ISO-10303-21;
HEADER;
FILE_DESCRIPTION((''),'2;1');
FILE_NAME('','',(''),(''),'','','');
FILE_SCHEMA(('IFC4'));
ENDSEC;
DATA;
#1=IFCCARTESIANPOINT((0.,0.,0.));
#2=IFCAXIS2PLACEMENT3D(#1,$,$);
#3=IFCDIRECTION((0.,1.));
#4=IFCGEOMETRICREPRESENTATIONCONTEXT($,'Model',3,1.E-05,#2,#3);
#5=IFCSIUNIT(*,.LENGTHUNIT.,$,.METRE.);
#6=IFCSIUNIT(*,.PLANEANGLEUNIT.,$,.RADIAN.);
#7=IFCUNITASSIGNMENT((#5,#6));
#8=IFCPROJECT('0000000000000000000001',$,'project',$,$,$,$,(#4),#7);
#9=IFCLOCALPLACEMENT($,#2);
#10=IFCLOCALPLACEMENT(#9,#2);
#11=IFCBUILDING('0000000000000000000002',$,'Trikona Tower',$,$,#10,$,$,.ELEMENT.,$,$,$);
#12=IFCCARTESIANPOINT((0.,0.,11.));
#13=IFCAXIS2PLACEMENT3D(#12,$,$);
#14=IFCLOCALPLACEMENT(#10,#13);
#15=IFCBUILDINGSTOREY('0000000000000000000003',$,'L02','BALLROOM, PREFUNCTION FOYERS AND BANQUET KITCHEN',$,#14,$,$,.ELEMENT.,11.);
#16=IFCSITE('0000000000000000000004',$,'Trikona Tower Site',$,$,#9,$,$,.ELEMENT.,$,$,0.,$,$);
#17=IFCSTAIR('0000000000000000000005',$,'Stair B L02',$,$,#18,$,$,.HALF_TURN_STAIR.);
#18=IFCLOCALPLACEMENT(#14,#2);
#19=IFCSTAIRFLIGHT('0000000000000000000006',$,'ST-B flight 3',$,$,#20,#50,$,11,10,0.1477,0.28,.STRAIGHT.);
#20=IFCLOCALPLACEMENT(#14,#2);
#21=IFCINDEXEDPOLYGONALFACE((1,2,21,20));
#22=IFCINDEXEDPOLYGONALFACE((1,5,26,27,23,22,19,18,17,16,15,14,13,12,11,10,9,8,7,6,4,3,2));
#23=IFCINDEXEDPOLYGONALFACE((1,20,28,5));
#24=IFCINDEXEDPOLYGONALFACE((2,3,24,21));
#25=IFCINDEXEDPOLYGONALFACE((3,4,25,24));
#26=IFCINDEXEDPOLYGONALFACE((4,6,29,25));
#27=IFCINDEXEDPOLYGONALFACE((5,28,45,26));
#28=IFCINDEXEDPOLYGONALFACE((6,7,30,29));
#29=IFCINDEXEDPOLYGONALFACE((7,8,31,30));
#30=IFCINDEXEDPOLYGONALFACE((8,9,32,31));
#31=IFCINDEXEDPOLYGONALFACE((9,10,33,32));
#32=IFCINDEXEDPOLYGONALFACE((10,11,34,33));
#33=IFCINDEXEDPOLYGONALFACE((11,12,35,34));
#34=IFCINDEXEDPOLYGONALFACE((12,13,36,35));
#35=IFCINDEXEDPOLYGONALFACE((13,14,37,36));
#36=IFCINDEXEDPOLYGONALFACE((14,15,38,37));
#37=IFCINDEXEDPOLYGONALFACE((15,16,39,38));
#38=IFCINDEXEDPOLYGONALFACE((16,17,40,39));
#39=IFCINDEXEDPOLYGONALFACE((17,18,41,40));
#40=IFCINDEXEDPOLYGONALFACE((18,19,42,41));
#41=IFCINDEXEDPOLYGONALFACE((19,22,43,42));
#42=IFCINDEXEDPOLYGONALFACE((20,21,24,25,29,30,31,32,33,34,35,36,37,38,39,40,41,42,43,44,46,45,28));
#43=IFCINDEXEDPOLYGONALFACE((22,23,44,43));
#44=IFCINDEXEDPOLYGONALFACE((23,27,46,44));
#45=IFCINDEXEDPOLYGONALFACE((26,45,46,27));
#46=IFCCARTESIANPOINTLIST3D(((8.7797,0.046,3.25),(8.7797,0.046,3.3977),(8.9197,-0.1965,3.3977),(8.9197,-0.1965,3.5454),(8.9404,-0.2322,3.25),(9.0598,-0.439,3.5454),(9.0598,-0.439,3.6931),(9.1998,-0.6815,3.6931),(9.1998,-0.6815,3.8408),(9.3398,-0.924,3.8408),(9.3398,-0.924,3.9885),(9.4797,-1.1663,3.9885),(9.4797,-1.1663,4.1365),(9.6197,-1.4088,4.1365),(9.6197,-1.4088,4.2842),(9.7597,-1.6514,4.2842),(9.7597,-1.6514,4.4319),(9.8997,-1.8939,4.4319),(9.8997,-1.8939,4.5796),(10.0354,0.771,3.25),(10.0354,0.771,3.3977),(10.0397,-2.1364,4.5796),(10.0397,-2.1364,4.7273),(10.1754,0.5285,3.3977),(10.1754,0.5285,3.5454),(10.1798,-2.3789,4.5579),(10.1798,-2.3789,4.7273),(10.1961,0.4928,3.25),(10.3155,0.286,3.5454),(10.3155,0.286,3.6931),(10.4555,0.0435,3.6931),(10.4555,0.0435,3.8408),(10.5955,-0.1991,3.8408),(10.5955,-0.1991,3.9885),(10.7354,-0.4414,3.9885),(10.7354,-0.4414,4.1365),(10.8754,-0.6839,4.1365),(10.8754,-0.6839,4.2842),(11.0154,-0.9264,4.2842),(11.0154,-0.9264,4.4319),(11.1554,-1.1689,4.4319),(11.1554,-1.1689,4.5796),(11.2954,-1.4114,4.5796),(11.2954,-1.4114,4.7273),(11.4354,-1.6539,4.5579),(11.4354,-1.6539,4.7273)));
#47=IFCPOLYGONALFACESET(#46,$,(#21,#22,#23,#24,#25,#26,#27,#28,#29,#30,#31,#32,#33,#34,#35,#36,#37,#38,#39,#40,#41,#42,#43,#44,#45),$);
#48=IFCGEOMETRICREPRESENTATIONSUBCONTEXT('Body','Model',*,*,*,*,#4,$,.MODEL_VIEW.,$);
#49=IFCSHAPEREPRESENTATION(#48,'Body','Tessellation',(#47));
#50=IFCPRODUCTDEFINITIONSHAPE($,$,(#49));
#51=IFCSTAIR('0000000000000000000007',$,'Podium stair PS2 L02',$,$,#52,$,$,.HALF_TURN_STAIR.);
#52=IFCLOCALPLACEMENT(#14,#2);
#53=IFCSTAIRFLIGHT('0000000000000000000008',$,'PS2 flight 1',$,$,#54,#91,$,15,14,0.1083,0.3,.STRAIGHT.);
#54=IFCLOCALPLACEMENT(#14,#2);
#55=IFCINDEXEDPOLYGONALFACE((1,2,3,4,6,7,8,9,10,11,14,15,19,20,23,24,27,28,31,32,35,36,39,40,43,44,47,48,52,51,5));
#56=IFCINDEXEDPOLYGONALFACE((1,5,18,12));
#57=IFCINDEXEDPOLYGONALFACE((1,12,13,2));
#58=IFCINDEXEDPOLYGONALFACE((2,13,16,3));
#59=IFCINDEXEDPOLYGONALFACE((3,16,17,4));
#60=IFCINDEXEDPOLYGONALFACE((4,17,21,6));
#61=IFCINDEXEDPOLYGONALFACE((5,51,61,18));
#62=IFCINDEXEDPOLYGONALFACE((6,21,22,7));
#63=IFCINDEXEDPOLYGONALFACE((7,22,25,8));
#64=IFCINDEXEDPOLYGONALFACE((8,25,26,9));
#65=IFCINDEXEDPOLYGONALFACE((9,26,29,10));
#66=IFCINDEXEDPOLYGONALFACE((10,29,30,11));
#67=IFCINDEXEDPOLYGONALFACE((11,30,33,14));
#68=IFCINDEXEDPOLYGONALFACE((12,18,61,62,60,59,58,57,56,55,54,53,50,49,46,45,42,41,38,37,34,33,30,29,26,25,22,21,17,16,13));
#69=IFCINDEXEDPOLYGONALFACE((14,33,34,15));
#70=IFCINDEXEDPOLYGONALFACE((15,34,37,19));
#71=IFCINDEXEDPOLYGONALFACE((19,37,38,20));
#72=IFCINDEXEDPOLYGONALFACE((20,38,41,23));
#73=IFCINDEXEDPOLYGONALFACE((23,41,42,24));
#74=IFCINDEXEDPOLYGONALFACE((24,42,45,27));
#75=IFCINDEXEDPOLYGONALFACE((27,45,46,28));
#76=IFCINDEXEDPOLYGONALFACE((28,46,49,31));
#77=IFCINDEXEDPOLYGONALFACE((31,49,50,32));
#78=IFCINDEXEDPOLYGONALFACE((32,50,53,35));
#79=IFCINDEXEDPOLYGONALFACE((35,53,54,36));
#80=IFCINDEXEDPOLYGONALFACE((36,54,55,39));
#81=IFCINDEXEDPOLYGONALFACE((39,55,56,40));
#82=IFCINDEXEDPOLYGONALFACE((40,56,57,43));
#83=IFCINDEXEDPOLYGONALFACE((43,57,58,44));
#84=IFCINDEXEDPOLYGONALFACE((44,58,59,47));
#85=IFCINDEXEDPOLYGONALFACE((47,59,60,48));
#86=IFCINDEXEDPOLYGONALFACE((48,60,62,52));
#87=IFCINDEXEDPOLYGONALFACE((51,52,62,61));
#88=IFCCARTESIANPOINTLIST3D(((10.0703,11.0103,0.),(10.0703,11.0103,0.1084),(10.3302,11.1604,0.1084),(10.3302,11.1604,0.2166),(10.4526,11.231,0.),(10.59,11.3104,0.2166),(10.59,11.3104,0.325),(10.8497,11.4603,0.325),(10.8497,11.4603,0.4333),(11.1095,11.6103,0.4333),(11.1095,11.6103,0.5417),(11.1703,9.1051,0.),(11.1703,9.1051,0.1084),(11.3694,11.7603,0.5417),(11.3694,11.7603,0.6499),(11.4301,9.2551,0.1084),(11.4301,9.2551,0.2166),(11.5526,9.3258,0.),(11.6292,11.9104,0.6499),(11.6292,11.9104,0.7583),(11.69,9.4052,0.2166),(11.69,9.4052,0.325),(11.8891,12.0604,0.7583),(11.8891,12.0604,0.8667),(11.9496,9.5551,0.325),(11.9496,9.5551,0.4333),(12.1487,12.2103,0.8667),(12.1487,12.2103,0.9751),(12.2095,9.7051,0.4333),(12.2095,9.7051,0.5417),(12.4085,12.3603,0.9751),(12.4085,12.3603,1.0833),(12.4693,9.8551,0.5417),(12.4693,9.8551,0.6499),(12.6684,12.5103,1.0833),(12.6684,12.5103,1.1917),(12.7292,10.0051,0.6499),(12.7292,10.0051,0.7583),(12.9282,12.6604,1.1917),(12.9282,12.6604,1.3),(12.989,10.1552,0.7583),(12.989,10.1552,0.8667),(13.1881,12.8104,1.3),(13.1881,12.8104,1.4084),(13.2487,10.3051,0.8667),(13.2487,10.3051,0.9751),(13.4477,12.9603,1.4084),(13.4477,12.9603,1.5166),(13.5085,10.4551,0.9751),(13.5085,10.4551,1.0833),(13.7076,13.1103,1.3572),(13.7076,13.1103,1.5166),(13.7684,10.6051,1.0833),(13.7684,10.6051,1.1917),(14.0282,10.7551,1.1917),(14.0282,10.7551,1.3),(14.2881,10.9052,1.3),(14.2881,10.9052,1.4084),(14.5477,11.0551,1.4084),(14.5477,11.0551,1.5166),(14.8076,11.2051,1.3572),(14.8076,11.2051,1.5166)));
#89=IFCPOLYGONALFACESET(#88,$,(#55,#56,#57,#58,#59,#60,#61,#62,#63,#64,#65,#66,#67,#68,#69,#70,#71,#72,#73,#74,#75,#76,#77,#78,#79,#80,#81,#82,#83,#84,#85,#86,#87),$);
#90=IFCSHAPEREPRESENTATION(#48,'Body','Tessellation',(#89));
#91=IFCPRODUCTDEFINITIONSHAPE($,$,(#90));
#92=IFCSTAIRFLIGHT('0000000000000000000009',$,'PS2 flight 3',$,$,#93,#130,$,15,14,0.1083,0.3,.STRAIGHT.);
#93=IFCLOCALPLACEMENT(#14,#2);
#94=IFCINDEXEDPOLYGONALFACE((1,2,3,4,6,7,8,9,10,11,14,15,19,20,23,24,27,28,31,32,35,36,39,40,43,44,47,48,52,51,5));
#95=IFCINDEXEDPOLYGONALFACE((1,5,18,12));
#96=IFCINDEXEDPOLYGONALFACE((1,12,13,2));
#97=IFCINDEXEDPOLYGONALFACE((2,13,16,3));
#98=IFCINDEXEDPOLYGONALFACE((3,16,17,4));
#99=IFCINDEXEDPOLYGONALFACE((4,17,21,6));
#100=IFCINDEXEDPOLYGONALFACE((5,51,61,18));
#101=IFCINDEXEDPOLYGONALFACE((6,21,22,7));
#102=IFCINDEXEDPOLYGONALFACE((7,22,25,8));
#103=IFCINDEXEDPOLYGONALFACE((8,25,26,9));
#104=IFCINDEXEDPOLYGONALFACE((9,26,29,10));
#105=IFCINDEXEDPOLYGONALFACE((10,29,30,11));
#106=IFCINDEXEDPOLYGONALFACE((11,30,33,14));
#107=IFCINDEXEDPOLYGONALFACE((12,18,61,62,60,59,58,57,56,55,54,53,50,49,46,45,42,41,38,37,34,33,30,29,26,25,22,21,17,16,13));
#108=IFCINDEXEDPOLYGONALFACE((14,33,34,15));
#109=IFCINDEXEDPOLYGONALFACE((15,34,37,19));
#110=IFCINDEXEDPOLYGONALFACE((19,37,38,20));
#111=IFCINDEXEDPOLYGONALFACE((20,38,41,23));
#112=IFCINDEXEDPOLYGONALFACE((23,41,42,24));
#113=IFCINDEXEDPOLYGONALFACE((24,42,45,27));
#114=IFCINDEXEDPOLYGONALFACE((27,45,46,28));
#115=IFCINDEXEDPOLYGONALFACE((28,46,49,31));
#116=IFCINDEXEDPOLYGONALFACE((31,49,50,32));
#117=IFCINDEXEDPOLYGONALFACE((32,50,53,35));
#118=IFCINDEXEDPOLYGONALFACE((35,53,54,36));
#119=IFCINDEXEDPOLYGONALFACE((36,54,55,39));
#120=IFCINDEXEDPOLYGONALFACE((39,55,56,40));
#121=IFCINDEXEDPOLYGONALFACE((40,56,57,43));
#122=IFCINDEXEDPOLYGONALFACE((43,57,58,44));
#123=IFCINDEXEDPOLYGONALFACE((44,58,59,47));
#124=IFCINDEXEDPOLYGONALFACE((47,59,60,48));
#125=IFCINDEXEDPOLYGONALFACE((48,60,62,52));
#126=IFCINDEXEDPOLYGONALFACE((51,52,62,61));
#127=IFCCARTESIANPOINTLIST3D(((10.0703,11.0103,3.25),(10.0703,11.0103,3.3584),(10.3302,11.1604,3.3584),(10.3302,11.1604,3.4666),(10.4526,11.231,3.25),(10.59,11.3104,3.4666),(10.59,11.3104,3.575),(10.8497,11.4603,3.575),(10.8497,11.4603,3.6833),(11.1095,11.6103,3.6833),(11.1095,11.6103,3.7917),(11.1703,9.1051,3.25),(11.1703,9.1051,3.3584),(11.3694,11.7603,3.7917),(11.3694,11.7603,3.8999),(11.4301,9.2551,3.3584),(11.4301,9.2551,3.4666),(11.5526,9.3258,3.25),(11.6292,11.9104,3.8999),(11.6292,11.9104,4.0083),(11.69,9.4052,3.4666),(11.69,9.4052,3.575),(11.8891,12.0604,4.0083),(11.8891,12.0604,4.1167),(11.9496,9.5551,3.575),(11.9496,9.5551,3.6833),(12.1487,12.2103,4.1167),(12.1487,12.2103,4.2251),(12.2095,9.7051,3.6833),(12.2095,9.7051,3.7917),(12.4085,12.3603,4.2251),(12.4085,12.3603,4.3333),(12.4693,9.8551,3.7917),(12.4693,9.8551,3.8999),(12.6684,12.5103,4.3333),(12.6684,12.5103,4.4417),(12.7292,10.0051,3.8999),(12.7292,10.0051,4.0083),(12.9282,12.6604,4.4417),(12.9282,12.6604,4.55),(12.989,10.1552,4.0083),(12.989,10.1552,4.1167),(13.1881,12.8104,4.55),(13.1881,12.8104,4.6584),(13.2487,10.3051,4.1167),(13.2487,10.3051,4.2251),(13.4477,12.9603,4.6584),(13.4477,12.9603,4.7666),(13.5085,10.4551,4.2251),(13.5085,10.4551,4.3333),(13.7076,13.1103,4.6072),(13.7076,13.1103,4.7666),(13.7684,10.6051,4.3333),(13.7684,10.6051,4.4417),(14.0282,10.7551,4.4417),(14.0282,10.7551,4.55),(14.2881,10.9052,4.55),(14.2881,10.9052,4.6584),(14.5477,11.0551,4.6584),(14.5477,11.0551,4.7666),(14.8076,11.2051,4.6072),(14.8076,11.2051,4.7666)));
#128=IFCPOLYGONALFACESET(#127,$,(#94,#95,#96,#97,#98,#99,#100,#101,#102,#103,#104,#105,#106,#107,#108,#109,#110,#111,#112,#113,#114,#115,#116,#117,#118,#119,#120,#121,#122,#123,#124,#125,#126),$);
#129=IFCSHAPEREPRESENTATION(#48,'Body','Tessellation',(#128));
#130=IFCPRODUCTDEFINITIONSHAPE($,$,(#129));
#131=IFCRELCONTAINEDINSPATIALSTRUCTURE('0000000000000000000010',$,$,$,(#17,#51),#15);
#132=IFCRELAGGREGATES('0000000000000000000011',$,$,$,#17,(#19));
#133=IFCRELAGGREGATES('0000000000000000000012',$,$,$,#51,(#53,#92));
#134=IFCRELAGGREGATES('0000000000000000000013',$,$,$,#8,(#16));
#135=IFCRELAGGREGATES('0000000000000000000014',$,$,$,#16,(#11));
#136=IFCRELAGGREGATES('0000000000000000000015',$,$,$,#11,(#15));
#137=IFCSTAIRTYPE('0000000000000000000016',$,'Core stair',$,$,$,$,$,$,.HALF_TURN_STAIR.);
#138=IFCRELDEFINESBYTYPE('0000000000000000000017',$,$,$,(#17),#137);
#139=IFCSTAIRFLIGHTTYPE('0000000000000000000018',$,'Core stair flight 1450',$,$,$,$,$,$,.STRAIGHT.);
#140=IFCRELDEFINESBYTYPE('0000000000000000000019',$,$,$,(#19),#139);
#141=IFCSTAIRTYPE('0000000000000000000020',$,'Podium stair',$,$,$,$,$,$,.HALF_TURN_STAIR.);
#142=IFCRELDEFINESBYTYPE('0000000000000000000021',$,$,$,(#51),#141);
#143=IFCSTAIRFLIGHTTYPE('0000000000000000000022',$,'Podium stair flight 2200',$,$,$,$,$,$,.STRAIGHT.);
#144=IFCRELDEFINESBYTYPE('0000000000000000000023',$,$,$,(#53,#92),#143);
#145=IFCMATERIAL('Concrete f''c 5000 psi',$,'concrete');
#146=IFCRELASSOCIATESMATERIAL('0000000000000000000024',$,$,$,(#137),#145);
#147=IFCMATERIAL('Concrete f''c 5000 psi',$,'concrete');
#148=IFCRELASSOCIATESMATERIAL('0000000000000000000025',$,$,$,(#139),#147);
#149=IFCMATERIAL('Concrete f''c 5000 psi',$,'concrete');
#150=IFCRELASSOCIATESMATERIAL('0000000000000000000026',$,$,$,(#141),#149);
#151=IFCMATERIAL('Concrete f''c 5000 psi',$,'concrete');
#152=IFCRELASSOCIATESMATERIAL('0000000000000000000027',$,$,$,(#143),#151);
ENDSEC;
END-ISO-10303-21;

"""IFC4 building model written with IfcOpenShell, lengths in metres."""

from ifc_helpers import new_model, si_unit, direction, frame, origin, place, context, subcontext, project, spatial, polyline, outline, extrude, material, type_object, element, aggregate, save


model = new_model("IFC4")

# Units and contexts
model_context = context("Model", 3, precision=1e-05, world=origin(), true_north=direction((0.0, 1.0)))
body_context = subcontext(model_context, "Body", "Model", "MODEL_VIEW")
ifc_project = project(units=[si_unit("LENGTHUNIT", "METRE"), si_unit("PLANEANGLEUNIT", "RADIAN")], contexts=[model_context])

# Site, building, storey
site_placement = place(None, origin())
site = spatial("IfcSite", under=ifc_project, at=site_placement, Name="Trikona Tower Site", CompositionType="ELEMENT", RefElevation=0.0)
building_placement = place(site_placement, origin())
building = spatial("IfcBuilding", under=site, at=building_placement, Name="Trikona Tower", CompositionType="ELEMENT")
storey_placement = place(building_placement, frame((0.0, 0.0, 11.0)))
storey = spatial("IfcBuildingStorey", under=building, at=storey_placement, Name="L02", Description="BALLROOM, PREFUNCTION FOYERS AND BANQUET KITCHEN", CompositionType="ELEMENT", Elevation=11.0)

# Stairs, stair flights
ifc_material_1 = material(Name="Concrete f'c 5000 psi", Category="concrete")
stair_type_1 = type_object("IfcStairType", Name="Core stair", PredefinedType="HALF_TURN_STAIR", material=ifc_material_1)
stair_1_placement = place(storey_placement, origin())
stair_1 = element("IfcStair", 1, at=stair_1_placement, inside=storey, type_object=stair_type_1, Name="Stair B L02", PredefinedType="HALF_TURN_STAIR")
ifc_material_2 = material(Name="Concrete f'c 5000 psi", Category="concrete")
stair_flight_type_1 = type_object("IfcStairFlightType", Name="Core stair flight 1450", PredefinedType="STRAIGHT", material=ifc_material_2)
stair_flight_1_placement = place(storey_placement, frame((9.4075, 0.4084, 3.25), z_axis=(0.0, 0.0, 1.0), x_axis=(0.5, -0.866025, 0.0)))
stair_flight_1 = element("IfcStairFlight", 2, at=stair_flight_1_placement, type_object=stair_flight_type_1, Name="ST-B flight 3", NumberOfRisers=11, NumberOfTreads=10, PredefinedType="STRAIGHT", RiserHeight=0.1477, TreadLength=0.28, context=body_context, shape_type="SweptSolid", body=[
    extrude(outline(polyline([(0.0, 0.0), (0.0, 0.1477), (0.28, 0.1477), (0.28, 0.2954), (0.5601, 0.2954), (0.5601, 0.4431), (0.8401, 0.4431), (0.8401, 0.5908), (1.1201, 0.5908), (1.1201, 0.7385), (1.3999, 0.7385), (1.3999, 0.8865), (1.6799, 0.8865), (1.6799, 1.0342), (1.96, 1.0342), (1.96, 1.1819), (2.24, 1.1819), (2.24, 1.3296), (2.52, 1.3296), (2.52, 1.4773), (2.8, 1.4773), (2.8, 1.625), (2.8, 1.3079), (0.3213, 0.0), (0.0, 0.0)])), frame((0.0, 0.7251, 0.0), z_axis=(0.0, -1.0, 0.0), x_axis=(1.0, 0.0, 0.0)), (0.0, 0.0, 1.0), 1.45),
])
aggregate(stair_1, [stair_flight_1])
ifc_material_3 = material(Name="Concrete f'c 5000 psi", Category="concrete")
stair_type_2 = type_object("IfcStairType", Name="Podium stair", PredefinedType="HALF_TURN_STAIR", material=ifc_material_3)
stair_2_placement = place(storey_placement, origin())
stair_2 = element("IfcStair", 3, at=stair_2_placement, inside=storey, type_object=stair_type_2, Name="Podium stair PS2 L02", PredefinedType="HALF_TURN_STAIR")
ifc_material_4 = material(Name="Concrete f'c 5000 psi", Category="concrete")
stair_flight_type_2 = type_object("IfcStairFlightType", Name="Podium stair flight 2200", PredefinedType="STRAIGHT", material=ifc_material_4)
stair_flight_2_placement = place(storey_placement, frame((10.6204, 10.0576, 0.0), z_axis=(0.0, 0.0, 1.0), x_axis=(0.866025, 0.5, 0.0)))
stair_flight_2 = element("IfcStairFlight", 4, at=stair_flight_2_placement, type_object=stair_flight_type_2, Name="PS2 flight 1", NumberOfRisers=15, NumberOfTreads=14, PredefinedType="STRAIGHT", RiserHeight=0.1083, TreadLength=0.3, context=body_context, shape_type="SweptSolid", body=[
    extrude(outline(polyline([(0.0, 0.0), (0.0, 0.1084), (0.3, 0.1084), (0.3, 0.2166), (0.6001, 0.2166), (0.6001, 0.325), (0.8999, 0.325), (0.8999, 0.4333), (1.2, 0.4333), (1.2, 0.5417), (1.5, 0.5417), (1.5, 0.6499), (1.8, 0.6499), (1.8, 0.7583), (2.1001, 0.7583), (2.1001, 0.8667), (2.3999, 0.8667), (2.3999, 0.9751), (2.7, 0.9751), (2.7, 1.0833), (3.0, 1.0833), (3.0, 1.1917), (3.3, 1.1917), (3.3, 1.3), (3.6001, 1.3), (3.6001, 1.4084), (3.8999, 1.4084), (3.8999, 1.5166), (4.2, 1.5166), (4.2, 1.625), (4.2, 1.3572), (0.4414, 0.0), (0.0, 0.0)])), frame((0.0, 1.1001, 0.0), z_axis=(0.0, -1.0, 0.0), x_axis=(1.0, 0.0, 0.0)), (0.0, 0.0, 1.0), 2.2),
])
stair_flight_3_placement = place(storey_placement, frame((10.6204, 10.0576, 3.25), z_axis=(0.0, 0.0, 1.0), x_axis=(0.866025, 0.5, 0.0)))
stair_flight_3 = element("IfcStairFlight", 5, at=stair_flight_3_placement, type_object=stair_flight_type_2, Name="PS2 flight 3", NumberOfRisers=15, NumberOfTreads=14, PredefinedType="STRAIGHT", RiserHeight=0.1083, TreadLength=0.3, context=body_context, shape_type="SweptSolid", body=[
    extrude(outline(polyline([(0.0, 0.0), (0.0, 0.1084), (0.3, 0.1084), (0.3, 0.2166), (0.6001, 0.2166), (0.6001, 0.325), (0.8999, 0.325), (0.8999, 0.4333), (1.2, 0.4333), (1.2, 0.5417), (1.5, 0.5417), (1.5, 0.6499), (1.8, 0.6499), (1.8, 0.7583), (2.1001, 0.7583), (2.1001, 0.8667), (2.3999, 0.8667), (2.3999, 0.9751), (2.7, 0.9751), (2.7, 1.0833), (3.0, 1.0833), (3.0, 1.1917), (3.3, 1.1917), (3.3, 1.3), (3.6001, 1.3), (3.6001, 1.4084), (3.8999, 1.4084), (3.8999, 1.5166), (4.2, 1.5166), (4.2, 1.625), (4.2, 1.3572), (0.4414, 0.0), (0.0, 0.0)])), frame((0.0, 1.1001, 0.0), z_axis=(0.0, -1.0, 0.0), x_axis=(1.0, 0.0, 0.0)), (0.0, 0.0, 1.0), 2.2),
])
aggregate(stair_2, [stair_flight_2, stair_flight_3])

save(model, "model.ifc")
